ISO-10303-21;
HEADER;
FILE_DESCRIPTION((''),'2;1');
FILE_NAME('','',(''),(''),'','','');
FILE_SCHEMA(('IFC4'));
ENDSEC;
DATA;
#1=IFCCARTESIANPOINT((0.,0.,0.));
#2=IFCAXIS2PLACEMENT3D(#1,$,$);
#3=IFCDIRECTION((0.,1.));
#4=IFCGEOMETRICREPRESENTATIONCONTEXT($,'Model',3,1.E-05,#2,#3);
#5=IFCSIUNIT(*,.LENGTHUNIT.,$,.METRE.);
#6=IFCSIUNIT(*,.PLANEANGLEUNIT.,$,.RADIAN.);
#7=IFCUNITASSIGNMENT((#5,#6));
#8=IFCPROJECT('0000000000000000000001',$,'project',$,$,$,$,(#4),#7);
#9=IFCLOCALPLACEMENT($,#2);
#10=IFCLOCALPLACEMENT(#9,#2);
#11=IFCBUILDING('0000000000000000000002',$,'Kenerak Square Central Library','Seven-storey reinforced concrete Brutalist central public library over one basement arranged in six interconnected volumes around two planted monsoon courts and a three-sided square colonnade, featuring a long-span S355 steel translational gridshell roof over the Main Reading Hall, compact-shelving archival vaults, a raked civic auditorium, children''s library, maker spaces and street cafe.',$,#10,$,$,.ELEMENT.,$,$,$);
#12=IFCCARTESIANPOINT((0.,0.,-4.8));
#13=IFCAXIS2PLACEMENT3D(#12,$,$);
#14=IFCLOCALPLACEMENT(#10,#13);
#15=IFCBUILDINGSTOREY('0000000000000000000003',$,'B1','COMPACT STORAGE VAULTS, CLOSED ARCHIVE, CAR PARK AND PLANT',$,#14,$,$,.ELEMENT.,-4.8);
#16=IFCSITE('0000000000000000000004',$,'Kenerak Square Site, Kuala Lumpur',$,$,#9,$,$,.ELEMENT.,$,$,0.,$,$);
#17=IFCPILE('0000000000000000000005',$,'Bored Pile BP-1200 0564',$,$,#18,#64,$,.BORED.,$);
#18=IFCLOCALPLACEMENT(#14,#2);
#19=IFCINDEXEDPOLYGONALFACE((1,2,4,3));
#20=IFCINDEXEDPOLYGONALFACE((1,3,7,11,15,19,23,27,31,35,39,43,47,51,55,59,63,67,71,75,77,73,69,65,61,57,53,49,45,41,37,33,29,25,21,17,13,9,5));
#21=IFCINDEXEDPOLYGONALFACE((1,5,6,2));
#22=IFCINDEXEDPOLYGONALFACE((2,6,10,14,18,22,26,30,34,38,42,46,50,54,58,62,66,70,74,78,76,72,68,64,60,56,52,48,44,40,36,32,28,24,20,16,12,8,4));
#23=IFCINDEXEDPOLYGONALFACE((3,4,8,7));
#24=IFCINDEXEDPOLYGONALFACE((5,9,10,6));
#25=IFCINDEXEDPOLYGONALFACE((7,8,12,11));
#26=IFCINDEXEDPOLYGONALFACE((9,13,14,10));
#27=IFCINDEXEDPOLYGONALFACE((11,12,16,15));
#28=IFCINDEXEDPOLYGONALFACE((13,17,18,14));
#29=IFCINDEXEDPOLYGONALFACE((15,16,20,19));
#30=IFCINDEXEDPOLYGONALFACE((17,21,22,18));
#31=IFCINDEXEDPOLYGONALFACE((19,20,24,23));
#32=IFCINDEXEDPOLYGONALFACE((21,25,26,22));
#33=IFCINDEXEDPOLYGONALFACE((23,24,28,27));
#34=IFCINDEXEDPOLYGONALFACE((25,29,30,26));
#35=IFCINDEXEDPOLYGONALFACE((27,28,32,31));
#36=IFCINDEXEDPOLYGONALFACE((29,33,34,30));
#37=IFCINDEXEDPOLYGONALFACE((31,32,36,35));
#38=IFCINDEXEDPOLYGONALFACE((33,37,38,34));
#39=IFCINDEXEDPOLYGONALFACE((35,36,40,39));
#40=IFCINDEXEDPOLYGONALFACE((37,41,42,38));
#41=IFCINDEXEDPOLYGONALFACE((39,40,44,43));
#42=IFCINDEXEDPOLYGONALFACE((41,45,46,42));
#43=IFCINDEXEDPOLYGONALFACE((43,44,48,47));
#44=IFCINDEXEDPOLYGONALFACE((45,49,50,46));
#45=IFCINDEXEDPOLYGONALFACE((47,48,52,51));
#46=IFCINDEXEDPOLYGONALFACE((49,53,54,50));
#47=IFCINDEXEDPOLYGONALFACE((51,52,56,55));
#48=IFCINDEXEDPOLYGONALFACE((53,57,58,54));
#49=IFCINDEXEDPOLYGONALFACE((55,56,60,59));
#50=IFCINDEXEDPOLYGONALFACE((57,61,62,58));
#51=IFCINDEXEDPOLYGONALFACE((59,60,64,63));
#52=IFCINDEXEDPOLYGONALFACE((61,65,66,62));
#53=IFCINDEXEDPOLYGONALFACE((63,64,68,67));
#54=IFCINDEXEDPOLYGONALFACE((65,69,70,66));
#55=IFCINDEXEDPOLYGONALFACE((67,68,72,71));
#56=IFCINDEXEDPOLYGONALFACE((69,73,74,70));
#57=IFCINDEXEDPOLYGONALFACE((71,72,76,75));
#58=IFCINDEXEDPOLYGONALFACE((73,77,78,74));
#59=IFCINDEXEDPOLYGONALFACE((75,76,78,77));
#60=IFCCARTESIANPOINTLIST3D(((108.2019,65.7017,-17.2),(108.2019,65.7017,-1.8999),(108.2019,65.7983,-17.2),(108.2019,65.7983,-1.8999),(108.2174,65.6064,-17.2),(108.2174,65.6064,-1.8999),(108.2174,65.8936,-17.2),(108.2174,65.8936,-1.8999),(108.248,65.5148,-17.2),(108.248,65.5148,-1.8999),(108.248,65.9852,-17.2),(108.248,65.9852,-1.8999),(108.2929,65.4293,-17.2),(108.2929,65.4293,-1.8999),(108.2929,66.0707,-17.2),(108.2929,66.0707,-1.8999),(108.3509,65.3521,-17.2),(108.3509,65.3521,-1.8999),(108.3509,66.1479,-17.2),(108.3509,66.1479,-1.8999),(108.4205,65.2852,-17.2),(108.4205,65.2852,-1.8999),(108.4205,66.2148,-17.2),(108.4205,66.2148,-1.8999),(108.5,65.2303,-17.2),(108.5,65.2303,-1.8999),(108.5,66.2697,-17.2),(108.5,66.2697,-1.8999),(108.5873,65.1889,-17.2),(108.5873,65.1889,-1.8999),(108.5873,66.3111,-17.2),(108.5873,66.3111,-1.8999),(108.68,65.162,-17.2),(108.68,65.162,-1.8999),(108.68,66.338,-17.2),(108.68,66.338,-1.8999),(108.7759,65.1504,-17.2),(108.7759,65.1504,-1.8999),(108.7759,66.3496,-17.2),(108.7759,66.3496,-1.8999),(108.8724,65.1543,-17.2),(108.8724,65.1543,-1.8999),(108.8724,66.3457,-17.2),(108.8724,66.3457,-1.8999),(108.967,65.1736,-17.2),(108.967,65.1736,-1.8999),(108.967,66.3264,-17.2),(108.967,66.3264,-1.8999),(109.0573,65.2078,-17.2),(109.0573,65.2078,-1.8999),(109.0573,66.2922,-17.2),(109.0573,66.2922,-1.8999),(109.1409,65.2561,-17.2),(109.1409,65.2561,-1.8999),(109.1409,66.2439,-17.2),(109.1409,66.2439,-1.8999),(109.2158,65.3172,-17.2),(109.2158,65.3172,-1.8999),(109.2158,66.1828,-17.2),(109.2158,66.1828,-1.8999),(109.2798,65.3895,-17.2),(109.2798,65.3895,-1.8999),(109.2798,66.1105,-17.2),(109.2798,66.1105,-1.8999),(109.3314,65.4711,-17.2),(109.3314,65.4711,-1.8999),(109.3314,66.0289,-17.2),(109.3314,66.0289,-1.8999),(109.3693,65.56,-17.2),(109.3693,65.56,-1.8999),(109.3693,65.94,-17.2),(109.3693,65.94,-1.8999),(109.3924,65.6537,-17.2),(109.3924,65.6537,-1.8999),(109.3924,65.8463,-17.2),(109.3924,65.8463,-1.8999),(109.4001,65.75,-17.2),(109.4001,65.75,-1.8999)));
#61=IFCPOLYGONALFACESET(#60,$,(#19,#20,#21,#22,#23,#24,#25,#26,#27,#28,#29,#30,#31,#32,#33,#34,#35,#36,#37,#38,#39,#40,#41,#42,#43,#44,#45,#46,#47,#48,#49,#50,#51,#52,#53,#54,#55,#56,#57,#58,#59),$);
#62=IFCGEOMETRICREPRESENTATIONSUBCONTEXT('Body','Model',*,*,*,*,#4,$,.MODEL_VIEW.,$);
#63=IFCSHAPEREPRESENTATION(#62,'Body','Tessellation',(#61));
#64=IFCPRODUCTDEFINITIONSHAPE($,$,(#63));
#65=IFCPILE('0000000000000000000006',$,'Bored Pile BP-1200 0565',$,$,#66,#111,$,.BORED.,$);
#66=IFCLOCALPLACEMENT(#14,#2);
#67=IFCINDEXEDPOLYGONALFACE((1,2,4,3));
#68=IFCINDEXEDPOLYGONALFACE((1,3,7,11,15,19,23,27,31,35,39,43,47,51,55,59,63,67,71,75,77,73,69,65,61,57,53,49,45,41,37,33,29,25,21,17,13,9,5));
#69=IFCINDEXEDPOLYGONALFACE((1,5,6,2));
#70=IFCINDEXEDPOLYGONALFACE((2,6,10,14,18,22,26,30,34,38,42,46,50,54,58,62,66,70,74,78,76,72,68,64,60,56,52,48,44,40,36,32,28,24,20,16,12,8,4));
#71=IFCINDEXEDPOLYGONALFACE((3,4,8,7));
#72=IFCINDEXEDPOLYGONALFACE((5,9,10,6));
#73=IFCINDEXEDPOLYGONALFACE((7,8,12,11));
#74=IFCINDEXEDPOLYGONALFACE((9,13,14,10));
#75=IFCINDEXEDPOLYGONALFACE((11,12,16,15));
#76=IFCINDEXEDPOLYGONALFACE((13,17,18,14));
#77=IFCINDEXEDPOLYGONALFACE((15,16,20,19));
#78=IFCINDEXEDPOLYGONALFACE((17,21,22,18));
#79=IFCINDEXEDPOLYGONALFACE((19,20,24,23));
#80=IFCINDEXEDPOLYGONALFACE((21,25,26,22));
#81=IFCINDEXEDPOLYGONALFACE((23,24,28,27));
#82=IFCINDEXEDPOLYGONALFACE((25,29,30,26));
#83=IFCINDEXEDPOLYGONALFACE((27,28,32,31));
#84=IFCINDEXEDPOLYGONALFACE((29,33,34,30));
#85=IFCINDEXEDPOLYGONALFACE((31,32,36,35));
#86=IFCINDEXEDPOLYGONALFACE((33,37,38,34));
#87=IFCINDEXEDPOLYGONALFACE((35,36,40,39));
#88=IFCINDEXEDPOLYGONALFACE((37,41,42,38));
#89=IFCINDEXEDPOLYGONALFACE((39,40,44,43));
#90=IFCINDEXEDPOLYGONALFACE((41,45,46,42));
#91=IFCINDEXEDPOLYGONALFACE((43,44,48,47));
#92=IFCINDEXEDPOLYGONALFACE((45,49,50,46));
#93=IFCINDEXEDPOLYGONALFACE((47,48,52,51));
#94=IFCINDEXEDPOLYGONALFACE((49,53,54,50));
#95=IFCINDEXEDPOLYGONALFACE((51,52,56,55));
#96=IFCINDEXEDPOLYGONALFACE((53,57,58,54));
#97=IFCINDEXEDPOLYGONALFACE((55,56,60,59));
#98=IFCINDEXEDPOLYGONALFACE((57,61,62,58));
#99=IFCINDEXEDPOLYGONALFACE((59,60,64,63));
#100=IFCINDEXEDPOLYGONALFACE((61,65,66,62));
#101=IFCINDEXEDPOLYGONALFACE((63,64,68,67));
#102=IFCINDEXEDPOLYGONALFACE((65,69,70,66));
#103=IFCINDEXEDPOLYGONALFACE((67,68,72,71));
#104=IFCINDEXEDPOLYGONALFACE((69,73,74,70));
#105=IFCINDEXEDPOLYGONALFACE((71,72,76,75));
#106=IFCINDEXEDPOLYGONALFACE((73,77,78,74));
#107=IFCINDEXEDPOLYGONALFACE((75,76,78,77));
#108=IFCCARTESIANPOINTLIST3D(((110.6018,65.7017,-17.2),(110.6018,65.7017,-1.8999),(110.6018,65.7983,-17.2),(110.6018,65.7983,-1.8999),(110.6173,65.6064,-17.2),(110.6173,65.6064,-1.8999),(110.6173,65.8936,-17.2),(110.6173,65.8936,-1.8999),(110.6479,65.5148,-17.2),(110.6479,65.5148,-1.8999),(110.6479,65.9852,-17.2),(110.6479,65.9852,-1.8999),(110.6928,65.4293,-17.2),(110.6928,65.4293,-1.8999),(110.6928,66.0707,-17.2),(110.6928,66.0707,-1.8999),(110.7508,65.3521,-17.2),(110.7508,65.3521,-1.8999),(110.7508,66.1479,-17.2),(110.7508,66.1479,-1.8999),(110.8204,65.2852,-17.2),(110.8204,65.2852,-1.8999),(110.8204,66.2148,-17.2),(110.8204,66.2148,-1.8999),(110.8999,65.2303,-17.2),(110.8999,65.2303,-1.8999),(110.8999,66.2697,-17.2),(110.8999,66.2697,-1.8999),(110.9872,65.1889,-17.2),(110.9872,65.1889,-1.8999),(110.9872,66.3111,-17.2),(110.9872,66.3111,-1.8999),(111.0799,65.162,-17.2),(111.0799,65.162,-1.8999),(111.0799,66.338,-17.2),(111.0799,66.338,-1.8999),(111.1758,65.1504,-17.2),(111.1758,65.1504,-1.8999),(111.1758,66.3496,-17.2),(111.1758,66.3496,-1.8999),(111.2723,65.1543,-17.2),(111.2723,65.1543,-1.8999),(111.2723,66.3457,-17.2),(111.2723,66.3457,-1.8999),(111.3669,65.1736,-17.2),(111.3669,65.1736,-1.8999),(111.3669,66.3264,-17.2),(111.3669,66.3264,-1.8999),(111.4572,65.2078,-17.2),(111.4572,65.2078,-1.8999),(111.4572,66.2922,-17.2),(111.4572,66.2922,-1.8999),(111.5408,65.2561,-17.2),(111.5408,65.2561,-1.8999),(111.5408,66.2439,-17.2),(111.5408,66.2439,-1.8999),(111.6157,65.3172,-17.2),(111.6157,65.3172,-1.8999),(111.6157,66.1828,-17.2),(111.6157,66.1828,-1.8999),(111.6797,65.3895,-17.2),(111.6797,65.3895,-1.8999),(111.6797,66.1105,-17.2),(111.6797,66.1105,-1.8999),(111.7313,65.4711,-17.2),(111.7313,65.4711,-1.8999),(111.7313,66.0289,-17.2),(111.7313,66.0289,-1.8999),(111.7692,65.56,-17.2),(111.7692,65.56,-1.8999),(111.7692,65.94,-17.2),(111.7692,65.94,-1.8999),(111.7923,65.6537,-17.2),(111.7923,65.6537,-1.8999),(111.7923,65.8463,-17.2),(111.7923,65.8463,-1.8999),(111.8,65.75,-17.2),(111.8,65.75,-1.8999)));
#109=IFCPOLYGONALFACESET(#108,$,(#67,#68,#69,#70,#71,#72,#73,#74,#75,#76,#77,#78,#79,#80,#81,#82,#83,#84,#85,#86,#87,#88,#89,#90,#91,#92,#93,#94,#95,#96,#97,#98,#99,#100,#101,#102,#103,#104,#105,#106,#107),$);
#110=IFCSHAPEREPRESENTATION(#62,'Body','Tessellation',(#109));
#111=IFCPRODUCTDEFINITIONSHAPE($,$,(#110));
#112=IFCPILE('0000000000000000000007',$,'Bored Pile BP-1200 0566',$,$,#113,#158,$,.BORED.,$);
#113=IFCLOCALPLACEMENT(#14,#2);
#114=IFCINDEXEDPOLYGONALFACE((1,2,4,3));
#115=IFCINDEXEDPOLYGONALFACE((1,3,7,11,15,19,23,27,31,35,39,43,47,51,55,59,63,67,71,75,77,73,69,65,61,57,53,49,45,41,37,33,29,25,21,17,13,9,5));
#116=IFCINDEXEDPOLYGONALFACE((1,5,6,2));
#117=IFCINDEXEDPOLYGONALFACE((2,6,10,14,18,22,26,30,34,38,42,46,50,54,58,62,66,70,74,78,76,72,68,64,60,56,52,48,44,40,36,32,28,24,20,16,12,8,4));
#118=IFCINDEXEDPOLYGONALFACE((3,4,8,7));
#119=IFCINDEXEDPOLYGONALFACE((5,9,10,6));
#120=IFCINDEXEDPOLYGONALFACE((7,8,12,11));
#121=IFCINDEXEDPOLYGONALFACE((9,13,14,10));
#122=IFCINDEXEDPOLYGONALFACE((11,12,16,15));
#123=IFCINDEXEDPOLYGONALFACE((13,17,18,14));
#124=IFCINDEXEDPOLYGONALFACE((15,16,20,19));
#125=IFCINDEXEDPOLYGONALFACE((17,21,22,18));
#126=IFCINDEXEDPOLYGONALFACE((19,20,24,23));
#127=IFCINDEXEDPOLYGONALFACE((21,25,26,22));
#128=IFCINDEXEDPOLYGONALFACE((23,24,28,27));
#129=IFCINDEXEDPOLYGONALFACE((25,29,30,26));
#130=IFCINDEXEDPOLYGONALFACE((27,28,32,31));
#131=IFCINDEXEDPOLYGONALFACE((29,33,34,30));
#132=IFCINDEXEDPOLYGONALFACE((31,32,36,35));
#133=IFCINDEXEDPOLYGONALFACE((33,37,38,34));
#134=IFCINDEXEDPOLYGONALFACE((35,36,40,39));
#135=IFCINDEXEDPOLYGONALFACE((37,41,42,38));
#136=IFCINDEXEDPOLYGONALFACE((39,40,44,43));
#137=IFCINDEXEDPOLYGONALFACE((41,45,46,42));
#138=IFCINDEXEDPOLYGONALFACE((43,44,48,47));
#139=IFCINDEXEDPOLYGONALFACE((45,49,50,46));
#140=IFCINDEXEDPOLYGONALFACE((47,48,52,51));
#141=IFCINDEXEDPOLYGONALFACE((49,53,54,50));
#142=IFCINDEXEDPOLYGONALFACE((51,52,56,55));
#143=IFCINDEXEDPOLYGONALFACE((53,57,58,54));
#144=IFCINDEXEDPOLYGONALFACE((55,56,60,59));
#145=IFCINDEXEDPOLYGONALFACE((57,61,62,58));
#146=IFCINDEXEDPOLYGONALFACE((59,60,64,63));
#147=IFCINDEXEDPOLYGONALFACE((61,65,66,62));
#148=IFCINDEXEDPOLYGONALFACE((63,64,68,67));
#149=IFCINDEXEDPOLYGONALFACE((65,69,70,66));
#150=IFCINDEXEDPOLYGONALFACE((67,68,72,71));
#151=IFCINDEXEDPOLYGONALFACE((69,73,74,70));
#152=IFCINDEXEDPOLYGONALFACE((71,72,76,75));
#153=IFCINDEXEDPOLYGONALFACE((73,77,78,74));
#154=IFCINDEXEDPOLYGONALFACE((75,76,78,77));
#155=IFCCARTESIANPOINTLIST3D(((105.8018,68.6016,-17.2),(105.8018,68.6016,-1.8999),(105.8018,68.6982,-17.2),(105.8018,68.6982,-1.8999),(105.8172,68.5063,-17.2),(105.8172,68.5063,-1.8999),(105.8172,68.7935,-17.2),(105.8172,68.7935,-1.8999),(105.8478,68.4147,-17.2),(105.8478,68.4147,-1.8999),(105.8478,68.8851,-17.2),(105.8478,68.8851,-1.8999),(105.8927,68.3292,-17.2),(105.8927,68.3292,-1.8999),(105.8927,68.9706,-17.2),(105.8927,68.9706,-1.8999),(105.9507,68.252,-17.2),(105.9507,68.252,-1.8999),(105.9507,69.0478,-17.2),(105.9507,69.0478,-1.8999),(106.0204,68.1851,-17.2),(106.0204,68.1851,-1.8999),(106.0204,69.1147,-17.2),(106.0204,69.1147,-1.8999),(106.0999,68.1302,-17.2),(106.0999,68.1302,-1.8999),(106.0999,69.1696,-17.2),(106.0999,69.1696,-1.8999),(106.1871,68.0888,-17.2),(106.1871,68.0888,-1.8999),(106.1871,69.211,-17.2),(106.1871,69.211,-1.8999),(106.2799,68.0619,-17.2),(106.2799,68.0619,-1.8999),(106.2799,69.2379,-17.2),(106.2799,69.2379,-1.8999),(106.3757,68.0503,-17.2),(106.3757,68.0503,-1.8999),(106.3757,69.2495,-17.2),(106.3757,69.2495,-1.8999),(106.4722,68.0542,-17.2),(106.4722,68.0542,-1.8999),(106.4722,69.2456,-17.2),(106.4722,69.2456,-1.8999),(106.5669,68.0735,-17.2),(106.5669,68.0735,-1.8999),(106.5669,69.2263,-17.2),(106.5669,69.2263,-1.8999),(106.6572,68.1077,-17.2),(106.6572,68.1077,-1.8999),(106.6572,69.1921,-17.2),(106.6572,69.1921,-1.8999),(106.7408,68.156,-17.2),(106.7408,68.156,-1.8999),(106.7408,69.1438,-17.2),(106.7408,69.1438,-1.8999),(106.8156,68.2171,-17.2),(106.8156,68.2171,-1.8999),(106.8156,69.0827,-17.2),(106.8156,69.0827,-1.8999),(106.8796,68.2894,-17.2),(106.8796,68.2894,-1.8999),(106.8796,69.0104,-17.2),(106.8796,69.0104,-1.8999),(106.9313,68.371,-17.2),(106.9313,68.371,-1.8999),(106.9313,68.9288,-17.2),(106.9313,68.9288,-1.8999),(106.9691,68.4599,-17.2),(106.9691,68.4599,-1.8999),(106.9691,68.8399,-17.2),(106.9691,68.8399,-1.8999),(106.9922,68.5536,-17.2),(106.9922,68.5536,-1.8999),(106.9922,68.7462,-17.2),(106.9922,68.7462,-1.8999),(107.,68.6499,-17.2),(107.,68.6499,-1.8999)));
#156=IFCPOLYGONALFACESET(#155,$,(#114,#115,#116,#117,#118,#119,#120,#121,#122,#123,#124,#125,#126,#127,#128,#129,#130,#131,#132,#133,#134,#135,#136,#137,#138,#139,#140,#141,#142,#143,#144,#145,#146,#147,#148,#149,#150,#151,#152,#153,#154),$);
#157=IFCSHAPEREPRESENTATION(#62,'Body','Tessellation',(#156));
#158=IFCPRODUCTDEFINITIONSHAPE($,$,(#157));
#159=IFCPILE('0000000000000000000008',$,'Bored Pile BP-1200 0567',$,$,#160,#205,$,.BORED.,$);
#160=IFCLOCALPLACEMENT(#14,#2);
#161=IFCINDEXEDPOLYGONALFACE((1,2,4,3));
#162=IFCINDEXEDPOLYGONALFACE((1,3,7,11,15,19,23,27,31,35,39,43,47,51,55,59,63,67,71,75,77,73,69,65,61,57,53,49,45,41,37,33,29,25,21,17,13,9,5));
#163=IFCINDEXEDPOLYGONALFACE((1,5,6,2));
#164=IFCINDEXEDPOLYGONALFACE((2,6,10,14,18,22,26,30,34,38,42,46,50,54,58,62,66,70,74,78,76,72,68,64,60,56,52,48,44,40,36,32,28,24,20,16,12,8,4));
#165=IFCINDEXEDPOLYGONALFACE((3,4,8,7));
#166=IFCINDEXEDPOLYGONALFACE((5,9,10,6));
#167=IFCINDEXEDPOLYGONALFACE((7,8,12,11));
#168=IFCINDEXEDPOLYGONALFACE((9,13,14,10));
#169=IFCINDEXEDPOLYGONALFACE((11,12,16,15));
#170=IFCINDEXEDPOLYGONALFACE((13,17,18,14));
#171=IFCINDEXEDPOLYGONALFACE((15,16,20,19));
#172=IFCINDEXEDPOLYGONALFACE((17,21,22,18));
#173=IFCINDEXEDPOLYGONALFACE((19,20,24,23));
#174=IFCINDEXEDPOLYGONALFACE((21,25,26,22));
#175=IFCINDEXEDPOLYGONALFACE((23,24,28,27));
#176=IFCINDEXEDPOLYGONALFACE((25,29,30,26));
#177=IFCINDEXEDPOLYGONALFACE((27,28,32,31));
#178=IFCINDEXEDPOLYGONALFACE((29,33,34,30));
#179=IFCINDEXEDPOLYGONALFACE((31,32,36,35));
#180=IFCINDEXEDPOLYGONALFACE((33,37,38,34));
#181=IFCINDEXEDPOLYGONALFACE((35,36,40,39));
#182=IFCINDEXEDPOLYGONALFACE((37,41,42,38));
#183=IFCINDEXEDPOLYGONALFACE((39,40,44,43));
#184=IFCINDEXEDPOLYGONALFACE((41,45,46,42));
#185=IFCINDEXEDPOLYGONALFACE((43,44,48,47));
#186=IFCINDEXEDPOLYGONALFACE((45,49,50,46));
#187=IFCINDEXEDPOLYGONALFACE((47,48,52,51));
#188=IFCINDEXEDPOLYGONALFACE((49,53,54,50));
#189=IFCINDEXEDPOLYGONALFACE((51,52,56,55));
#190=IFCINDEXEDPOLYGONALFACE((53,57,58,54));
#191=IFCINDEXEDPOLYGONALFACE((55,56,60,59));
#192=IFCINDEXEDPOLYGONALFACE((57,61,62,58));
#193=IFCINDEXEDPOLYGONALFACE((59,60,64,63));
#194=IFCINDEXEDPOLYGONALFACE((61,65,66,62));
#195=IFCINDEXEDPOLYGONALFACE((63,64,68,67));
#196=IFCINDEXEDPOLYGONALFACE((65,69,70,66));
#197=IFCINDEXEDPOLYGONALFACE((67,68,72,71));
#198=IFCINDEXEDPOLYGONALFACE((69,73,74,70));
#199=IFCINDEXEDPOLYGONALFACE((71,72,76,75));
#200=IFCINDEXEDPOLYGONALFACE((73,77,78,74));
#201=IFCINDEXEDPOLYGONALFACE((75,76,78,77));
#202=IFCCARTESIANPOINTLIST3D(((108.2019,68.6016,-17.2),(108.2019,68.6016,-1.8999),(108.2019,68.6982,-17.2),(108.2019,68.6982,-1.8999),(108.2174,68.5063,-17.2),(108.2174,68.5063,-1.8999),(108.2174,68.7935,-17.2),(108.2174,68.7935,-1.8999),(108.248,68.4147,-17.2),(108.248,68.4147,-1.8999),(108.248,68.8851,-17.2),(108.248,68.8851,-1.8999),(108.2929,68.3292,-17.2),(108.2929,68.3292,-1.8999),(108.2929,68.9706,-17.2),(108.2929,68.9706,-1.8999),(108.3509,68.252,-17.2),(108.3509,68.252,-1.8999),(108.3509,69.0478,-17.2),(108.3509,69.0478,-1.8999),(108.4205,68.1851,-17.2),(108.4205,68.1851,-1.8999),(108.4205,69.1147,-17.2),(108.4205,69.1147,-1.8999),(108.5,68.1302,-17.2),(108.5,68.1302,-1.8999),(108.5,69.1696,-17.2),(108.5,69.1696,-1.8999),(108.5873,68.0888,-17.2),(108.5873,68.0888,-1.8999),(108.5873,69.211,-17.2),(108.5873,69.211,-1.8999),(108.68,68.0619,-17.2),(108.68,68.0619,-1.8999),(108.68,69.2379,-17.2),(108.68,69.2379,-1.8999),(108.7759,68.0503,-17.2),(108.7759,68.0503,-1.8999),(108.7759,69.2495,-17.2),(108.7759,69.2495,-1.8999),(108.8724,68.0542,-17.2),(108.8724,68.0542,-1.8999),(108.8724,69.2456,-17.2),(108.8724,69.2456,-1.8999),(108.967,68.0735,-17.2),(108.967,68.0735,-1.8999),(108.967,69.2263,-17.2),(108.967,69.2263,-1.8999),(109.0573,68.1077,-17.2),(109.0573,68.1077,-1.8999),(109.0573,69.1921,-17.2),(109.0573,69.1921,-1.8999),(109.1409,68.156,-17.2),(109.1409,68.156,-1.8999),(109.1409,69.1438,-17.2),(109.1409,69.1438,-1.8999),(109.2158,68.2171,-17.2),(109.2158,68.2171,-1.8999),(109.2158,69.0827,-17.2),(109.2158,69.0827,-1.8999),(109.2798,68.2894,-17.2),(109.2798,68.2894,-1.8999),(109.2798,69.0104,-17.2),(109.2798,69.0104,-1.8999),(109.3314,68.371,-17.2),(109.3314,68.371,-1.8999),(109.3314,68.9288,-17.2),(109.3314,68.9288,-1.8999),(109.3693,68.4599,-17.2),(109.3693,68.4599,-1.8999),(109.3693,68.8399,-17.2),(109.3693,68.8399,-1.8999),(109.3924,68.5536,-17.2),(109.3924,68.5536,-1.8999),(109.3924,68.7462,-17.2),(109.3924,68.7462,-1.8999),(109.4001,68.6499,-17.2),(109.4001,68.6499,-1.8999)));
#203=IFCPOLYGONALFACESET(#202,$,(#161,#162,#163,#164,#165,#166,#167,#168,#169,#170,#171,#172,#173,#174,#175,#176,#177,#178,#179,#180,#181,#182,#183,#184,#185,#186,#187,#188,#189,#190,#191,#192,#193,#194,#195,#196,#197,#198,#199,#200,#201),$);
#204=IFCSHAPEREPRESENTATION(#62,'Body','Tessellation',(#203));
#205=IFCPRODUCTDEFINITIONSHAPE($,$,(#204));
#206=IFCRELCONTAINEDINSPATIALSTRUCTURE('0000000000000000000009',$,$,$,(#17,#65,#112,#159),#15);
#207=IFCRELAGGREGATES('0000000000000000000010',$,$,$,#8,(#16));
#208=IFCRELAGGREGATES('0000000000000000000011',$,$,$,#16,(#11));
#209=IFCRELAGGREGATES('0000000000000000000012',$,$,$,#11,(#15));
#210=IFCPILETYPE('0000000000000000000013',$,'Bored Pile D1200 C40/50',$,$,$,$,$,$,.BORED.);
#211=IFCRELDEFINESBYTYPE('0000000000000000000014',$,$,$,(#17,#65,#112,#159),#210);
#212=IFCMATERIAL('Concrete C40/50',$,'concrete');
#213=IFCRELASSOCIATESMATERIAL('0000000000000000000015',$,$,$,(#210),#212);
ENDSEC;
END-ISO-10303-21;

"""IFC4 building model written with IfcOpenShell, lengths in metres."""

from ifc_helpers import new_model, si_unit, direction, frame, origin, origin_2d, place, context, subcontext, project, spatial, circle, extrude, material, material_profile, profile_set, type_object, element, save


model = new_model("IFC4")

# Units and contexts
model_context = context("Model", 3, precision=1e-05, world=origin(), true_north=direction((0.0, 1.0)))
body_context = subcontext(model_context, "Body", "Model", "MODEL_VIEW")
ifc_project = project(units=[si_unit("LENGTHUNIT", "METRE"), si_unit("PLANEANGLEUNIT", "RADIAN")], contexts=[model_context])

# Site, building, storey
site_placement = place(None, origin())
site = spatial("IfcSite", under=ifc_project, at=site_placement, Name="Kenerak Square Site, Kuala Lumpur", CompositionType="ELEMENT", RefElevation=0.0)
building_placement = place(site_placement, origin())
building = spatial("IfcBuilding", under=site, at=building_placement, Name="Kenerak Square Central Library", Description="Seven-storey reinforced concrete Brutalist central public library over one basement arranged in six interconnected volumes around two planted monsoon courts and a three-sided square colonnade, featuring a long-span S355 steel translational gridshell roof over the Main Reading Hall, compact-shelving archival vaults, a raked civic auditorium, children's library, maker spaces and street cafe.", CompositionType="ELEMENT")
storey_placement = place(building_placement, frame((0.0, 0.0, -4.8)))
storey = spatial("IfcBuildingStorey", under=building, at=storey_placement, Name="B1", Description="COMPACT STORAGE VAULTS, CLOSED ARCHIVE, CAR PARK AND PLANT", CompositionType="ELEMENT", Elevation=-4.8)

# Piles
ifc_material_1 = material(Name="Concrete C40/50", Category="concrete")
ifc_material_profile_1 = material_profile(ifc_material_1, circle(Radius=0.6001, at=origin_2d()), Name="BP D1200")
ifc_profile_set_1 = profile_set([ifc_material_profile_1], Name="Concrete C40/50")
pile_type = type_object("IfcPileType", Name="Bored Pile D1200 C40/50", PredefinedType="BORED", material=ifc_profile_set_1)
for number, where, z_axis, x_axis, name in (
    (1, (108.8, 65.75, -1.8999), (0.0, 0.0, -1.0), (1.0, 0.0, 0.0), "Bored Pile BP-1200 0564"),
    (2, (111.2, 65.75, -1.8999), (0.0, 0.0, -1.0), (1.0, 0.0, 0.0), "Bored Pile BP-1200 0565"),
    (3, (106.3999, 68.6499, -1.8999), (0.0, 0.0, -1.0), (1.0, 0.0, 0.0), "Bored Pile BP-1200 0566"),
    (4, (108.8, 68.6499, -1.8999), (0.0, 0.0, -1.0), (1.0, 0.0, 0.0), "Bored Pile BP-1200 0567"),
):
    element("IfcPile", number, at=place(storey_placement, frame(where, z_axis=z_axis, x_axis=x_axis)), inside=storey, type_object=pile_type, Name=name, PredefinedType="BORED", context=body_context, shape_type="SweptSolid", body=[
        extrude(circle(Radius=0.6001, at=origin_2d()), origin(), (0.0, 0.0, 1.0), 15.3),
    ])

save(model, "model.ifc")
